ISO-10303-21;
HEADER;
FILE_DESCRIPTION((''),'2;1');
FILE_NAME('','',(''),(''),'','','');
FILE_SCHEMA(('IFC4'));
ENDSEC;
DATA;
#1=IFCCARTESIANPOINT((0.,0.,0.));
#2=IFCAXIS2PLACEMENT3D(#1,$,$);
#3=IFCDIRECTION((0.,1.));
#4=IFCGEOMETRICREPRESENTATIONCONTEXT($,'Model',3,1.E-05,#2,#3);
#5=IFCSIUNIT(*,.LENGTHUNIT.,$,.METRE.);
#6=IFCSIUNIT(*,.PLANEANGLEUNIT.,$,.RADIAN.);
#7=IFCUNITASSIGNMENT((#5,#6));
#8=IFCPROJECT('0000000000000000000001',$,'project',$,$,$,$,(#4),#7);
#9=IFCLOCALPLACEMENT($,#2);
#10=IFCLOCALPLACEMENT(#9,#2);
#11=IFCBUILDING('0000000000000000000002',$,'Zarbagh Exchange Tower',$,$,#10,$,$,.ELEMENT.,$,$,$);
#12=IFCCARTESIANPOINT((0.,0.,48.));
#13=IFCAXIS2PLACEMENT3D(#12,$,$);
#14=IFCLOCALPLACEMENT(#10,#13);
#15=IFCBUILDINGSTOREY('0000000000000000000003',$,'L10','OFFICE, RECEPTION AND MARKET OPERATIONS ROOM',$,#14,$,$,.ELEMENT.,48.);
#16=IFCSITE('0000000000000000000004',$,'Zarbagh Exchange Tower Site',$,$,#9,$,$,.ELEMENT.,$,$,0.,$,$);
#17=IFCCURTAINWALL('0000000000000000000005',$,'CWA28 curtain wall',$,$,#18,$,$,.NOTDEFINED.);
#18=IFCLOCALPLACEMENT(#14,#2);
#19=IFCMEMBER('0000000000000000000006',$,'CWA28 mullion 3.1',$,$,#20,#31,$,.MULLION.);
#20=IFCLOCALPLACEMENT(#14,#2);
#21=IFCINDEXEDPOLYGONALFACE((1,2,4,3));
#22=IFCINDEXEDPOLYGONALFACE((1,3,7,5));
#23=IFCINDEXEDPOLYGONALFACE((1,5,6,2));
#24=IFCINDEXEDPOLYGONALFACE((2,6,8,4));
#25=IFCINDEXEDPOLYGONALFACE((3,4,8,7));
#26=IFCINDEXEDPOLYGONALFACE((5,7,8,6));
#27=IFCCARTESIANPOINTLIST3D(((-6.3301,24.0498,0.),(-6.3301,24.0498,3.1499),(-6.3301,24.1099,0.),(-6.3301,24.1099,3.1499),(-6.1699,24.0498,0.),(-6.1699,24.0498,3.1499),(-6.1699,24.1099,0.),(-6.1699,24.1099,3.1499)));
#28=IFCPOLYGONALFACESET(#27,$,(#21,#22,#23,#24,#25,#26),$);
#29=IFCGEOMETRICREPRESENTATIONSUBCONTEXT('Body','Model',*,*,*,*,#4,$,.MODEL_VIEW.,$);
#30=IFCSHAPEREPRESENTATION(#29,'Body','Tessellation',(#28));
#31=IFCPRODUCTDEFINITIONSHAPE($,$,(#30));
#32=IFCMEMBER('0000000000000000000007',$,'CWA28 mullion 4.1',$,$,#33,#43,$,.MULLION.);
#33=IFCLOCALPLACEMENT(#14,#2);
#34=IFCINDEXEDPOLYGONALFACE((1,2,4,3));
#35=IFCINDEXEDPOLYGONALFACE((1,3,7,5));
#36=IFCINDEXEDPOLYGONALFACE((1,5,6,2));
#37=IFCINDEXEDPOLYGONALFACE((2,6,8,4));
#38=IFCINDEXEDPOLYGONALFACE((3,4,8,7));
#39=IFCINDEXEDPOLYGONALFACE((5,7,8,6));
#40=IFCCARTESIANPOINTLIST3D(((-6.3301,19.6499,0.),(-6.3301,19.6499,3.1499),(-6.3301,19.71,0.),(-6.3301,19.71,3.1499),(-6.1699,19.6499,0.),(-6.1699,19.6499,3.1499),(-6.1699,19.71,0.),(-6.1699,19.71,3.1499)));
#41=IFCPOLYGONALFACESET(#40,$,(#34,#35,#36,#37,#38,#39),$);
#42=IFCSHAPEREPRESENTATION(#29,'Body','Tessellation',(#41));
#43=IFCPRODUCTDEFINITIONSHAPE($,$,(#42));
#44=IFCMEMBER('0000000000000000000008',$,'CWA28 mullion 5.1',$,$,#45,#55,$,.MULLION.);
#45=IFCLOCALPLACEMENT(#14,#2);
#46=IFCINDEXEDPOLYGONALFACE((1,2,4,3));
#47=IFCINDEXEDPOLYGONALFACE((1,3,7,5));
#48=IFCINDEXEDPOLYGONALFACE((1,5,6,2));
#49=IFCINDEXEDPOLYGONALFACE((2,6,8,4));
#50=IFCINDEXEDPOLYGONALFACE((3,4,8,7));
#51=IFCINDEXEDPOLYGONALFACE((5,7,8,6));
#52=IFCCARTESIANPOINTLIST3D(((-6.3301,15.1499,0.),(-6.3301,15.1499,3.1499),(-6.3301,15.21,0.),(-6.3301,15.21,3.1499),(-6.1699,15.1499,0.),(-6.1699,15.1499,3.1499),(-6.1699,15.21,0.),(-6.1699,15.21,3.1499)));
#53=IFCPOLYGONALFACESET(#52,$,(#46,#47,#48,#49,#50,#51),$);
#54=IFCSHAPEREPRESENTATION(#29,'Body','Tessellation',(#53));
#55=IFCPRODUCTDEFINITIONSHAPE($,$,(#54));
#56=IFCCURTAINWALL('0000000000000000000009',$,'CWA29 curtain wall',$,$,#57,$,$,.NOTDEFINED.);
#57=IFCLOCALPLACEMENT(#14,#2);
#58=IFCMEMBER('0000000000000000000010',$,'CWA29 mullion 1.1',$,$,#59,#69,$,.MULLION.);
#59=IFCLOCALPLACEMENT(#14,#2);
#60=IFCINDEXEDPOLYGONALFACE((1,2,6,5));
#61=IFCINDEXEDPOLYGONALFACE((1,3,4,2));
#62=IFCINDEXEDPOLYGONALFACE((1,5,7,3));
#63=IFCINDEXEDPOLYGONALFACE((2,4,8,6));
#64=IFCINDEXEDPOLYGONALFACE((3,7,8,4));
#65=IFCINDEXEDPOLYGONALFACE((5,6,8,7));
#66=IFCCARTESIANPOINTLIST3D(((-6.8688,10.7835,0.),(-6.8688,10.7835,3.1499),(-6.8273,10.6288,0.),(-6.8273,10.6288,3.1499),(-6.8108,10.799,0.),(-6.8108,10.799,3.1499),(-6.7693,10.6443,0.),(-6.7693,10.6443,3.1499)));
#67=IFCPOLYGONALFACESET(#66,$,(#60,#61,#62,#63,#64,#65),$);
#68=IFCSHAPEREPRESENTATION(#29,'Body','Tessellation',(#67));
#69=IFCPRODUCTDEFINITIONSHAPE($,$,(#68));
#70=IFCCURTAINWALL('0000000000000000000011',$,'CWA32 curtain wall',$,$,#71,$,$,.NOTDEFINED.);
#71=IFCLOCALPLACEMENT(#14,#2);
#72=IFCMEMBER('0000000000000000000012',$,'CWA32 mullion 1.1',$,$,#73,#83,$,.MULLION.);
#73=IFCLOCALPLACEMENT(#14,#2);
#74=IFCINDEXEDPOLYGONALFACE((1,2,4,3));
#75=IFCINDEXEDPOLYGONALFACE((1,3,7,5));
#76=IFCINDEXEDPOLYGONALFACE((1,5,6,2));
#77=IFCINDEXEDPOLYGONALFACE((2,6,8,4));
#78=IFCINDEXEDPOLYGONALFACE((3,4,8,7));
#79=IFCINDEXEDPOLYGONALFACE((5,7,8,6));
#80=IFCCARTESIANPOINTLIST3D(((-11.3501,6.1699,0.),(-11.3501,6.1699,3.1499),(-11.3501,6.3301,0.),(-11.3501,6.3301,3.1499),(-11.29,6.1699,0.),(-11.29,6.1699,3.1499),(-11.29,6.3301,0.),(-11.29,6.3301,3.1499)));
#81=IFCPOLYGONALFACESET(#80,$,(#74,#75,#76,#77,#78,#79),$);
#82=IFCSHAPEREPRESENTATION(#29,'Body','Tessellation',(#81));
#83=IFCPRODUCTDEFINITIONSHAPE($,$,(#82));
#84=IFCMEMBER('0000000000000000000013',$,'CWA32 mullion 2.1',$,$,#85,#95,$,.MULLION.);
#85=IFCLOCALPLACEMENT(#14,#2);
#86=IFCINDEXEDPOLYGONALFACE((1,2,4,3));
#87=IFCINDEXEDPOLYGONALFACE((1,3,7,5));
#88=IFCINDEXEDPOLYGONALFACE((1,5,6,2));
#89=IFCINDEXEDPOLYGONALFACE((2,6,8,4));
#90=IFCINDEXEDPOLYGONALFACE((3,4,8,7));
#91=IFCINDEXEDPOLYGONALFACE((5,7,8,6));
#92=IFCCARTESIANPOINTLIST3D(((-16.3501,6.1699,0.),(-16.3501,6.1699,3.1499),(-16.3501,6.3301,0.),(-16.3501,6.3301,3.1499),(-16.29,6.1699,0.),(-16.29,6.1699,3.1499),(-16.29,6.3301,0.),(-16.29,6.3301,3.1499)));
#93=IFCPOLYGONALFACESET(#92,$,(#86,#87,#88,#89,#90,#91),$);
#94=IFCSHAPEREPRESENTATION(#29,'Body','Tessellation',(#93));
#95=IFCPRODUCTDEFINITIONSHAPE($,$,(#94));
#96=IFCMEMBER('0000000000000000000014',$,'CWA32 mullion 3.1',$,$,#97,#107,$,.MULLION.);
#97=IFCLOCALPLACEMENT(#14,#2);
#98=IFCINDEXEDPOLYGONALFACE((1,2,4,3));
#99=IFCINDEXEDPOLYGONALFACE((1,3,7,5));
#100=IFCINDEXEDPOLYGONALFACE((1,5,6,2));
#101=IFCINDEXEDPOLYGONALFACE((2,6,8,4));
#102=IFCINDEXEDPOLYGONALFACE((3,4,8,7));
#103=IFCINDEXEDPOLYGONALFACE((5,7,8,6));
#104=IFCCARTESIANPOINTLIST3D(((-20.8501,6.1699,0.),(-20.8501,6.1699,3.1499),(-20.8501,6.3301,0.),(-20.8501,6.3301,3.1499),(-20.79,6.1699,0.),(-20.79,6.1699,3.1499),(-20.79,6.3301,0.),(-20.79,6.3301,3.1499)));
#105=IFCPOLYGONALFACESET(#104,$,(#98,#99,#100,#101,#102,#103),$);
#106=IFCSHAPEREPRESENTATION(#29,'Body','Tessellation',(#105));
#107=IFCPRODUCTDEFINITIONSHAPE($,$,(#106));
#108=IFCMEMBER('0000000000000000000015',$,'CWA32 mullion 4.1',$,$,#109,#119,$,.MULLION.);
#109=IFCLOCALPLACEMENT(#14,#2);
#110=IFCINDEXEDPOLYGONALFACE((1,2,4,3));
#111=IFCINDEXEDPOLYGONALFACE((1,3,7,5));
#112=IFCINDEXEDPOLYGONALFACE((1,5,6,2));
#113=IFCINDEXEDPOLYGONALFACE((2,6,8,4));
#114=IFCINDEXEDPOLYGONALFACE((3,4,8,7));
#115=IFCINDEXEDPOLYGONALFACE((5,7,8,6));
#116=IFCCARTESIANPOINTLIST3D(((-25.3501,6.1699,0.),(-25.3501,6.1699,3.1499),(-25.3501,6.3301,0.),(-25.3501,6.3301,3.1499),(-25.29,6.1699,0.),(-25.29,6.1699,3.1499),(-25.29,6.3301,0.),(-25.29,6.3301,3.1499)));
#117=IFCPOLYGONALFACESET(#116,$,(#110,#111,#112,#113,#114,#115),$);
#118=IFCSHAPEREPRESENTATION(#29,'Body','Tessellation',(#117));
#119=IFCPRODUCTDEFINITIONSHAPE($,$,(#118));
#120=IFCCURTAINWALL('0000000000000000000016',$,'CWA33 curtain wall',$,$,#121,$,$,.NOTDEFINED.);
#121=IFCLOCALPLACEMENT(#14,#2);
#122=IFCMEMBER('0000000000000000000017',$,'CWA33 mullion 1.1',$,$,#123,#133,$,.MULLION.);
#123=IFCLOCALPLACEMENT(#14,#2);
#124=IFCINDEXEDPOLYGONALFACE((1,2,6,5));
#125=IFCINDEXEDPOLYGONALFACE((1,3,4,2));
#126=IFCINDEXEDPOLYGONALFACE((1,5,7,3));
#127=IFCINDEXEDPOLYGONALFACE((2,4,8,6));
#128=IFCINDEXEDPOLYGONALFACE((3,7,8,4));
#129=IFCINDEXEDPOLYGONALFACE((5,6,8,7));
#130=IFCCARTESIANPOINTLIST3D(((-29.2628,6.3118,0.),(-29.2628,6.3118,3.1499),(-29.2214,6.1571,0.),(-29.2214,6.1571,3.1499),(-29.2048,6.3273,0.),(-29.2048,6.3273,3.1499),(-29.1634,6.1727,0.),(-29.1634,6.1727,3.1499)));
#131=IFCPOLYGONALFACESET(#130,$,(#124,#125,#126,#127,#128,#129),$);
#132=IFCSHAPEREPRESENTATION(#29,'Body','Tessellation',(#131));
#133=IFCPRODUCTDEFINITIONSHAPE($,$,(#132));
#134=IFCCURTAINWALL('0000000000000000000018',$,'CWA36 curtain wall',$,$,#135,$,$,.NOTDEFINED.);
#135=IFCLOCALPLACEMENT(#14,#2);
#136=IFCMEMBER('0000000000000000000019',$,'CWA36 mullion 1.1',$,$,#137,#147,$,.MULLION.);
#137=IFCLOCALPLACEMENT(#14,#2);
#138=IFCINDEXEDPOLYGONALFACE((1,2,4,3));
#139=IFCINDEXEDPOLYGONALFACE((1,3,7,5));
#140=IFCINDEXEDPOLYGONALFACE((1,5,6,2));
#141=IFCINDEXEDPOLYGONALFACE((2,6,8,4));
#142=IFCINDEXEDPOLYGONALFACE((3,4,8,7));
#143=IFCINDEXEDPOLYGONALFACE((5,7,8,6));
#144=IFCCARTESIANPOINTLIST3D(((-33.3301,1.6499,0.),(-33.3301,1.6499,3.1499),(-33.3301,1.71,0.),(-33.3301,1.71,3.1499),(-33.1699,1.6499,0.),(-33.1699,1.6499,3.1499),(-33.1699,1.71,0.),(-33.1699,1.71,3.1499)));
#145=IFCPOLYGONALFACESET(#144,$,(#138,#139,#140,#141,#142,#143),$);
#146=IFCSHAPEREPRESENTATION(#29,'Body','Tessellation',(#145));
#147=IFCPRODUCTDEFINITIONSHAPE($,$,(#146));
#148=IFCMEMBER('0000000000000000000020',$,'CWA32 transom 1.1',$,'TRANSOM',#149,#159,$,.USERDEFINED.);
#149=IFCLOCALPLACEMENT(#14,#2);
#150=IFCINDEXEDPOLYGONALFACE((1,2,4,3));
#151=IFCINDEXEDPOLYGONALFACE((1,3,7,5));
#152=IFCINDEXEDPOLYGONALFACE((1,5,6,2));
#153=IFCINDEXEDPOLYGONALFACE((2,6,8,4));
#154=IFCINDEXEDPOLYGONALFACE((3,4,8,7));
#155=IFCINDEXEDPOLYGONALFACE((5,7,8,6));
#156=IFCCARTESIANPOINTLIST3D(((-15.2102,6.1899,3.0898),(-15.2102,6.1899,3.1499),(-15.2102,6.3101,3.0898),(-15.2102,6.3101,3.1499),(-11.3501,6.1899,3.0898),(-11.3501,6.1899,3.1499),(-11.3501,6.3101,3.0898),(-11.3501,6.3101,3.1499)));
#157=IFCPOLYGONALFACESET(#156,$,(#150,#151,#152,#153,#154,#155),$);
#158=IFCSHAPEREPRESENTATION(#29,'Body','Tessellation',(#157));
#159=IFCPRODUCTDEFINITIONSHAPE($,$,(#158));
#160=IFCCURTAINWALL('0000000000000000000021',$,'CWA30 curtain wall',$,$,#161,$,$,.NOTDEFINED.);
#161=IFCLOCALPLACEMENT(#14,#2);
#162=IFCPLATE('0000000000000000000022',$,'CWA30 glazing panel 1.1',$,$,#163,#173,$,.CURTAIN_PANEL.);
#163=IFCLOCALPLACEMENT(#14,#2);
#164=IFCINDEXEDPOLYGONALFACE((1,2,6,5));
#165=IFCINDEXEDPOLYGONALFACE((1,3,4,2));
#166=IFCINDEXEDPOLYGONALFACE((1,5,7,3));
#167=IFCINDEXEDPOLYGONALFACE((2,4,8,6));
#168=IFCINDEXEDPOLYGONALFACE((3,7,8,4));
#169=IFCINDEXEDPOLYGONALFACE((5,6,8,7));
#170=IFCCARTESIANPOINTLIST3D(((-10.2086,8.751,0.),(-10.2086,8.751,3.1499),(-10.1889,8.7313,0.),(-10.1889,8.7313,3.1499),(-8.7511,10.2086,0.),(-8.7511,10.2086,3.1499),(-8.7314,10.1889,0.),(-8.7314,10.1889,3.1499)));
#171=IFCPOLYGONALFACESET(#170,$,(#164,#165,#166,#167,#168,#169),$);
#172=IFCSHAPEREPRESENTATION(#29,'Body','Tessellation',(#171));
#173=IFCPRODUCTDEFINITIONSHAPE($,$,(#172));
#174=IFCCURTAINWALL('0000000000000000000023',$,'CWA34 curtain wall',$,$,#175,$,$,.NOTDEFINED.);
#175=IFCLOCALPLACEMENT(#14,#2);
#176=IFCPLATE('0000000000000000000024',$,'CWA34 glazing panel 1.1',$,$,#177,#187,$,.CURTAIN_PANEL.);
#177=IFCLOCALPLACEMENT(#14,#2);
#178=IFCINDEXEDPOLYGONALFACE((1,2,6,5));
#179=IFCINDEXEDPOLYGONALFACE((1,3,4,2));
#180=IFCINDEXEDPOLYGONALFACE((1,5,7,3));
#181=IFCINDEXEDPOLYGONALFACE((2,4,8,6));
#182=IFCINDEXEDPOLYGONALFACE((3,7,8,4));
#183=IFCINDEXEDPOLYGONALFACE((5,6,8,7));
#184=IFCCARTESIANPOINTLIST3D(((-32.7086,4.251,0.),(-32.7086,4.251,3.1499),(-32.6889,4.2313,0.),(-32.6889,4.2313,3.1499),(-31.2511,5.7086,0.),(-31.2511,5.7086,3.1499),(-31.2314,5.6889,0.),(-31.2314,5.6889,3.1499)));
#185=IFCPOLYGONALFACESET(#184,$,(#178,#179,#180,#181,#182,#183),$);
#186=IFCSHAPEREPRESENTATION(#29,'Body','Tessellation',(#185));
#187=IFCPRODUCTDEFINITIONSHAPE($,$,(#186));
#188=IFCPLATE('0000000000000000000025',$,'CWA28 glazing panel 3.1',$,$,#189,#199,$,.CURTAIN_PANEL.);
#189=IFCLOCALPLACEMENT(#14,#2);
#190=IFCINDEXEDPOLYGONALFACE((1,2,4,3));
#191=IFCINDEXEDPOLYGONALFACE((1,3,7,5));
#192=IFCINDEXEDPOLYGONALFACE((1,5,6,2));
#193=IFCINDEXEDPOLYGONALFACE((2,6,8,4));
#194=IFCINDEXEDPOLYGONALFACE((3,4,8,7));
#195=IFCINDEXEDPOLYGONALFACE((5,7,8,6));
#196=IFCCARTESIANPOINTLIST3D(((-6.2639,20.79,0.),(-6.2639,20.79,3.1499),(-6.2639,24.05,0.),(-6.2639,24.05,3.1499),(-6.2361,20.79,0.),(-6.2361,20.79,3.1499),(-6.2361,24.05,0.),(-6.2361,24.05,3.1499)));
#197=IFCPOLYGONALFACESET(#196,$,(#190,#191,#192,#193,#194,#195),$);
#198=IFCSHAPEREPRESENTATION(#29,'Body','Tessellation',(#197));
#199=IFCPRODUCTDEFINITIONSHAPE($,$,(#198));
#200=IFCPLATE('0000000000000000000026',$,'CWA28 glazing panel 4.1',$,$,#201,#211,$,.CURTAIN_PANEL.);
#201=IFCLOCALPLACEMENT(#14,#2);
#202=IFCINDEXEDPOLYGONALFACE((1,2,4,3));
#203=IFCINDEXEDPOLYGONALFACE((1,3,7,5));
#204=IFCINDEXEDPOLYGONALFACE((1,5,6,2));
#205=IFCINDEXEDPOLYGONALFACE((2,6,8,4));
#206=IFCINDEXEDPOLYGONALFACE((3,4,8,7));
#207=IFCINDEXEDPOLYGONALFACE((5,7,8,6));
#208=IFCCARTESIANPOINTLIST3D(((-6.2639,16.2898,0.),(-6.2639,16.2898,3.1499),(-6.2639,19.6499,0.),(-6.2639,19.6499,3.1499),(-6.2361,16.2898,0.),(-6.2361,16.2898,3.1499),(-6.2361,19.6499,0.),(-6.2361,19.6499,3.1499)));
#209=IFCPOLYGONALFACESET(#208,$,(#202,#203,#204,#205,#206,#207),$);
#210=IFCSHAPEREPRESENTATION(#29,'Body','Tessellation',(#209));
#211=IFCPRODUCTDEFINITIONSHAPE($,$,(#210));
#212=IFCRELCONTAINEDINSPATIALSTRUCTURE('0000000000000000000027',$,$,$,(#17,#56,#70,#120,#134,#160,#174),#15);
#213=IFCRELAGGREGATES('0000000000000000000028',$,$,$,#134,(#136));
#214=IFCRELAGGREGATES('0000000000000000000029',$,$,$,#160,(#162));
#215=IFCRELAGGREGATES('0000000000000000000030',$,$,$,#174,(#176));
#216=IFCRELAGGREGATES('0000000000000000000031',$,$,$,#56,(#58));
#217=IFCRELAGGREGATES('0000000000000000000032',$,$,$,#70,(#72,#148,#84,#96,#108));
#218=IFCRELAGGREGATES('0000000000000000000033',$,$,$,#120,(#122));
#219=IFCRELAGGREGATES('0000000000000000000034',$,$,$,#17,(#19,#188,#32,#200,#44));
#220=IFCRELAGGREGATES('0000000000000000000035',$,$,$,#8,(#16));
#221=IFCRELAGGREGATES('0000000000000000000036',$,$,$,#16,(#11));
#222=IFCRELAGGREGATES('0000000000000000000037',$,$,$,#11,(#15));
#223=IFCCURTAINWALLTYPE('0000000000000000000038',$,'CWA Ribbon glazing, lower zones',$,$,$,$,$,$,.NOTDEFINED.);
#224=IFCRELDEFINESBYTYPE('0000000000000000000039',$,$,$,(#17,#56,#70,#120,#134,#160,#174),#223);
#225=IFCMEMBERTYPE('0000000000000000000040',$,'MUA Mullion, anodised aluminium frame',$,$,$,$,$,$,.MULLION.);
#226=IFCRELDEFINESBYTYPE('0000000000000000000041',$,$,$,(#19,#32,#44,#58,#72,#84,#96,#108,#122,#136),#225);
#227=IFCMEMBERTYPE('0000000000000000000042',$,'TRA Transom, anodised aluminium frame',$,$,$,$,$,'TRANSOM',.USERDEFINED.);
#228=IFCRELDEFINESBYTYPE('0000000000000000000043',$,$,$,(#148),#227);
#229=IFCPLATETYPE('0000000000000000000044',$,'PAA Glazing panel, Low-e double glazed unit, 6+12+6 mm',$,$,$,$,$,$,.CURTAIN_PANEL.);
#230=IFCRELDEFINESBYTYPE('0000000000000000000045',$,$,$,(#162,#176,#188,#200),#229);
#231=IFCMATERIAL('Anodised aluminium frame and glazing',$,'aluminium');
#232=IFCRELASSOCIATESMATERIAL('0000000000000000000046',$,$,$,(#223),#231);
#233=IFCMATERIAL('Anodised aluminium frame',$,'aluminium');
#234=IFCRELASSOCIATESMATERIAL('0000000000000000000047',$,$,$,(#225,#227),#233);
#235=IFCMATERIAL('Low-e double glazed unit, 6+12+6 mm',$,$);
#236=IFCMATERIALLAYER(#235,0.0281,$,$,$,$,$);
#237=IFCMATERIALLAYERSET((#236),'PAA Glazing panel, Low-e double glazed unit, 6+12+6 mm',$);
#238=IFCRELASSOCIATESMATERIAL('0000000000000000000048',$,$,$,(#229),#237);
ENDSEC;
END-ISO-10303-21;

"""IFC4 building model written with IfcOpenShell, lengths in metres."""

from ifc_helpers import new_model, si_unit, direction, frame, origin, place, context, subcontext, project, spatial, polyline, outline, extrude, source, transform, mapped, material, layer, layer_set, type_object, element, aggregate, save


model = new_model("IFC4")

# Units and contexts
model_context = context("Model", 3, precision=1e-05, world=origin(), true_north=direction((0.0, 1.0)))
body_context = subcontext(model_context, "Body", "Model", "MODEL_VIEW")
ifc_project = project(units=[si_unit("LENGTHUNIT", "METRE"), si_unit("PLANEANGLEUNIT", "RADIAN")], contexts=[model_context])

# Site, building, storey
site_placement = place(None, origin())
site = spatial("IfcSite", under=ifc_project, at=site_placement, Name="Zarbagh Exchange Tower Site", CompositionType="ELEMENT", RefElevation=0.0)
building_placement = place(site_placement, origin())
building = spatial("IfcBuilding", under=site, at=building_placement, Name="Zarbagh Exchange Tower", CompositionType="ELEMENT")
storey_placement = place(building_placement, frame((0.0, 0.0, 48.0)))
storey = spatial("IfcBuildingStorey", under=building, at=storey_placement, Name="L10", Description="OFFICE, RECEPTION AND MARKET OPERATIONS ROOM", CompositionType="ELEMENT", Elevation=48.0)

# Curtain wall, members
ifc_material_1 = material(Name="Anodised aluminium frame and glazing", Category="aluminium")
curtain_wall_type = type_object("IfcCurtainWallType", Name="CWA Ribbon glazing, lower zones", PredefinedType="NOTDEFINED", material=ifc_material_1)
curtain_wall_1_placement = place(storey_placement, origin())
curtain_wall_1 = element("IfcCurtainWall", 1, at=curtain_wall_1_placement, inside=storey, type_object=curtain_wall_type, Name="CWA28 curtain wall", PredefinedType="NOTDEFINED")
ifc_material_2 = material(Name="Anodised aluminium frame", Category="aluminium")
member_type_1 = type_object("IfcMemberType", Name="MUA Mullion, anodised aluminium frame", PredefinedType="MULLION", material=ifc_material_2)
shared_shape_1 = source(origin(), body_context, "Body", "SweptSolid", [
    extrude(outline(polyline([(0.0, -0.0801), (0.0601, -0.0801), (0.0601, 0.0801), (0.0, 0.0801), (0.0, -0.0801)])), origin(), (0.0, 0.0, 1.0), 3.1499),
])
placement = place(storey_placement, origin())
member_1 = element("IfcMember", 2, at=placement, type_object=member_type_1, Name="CWA28 mullion 3.1", PredefinedType="MULLION", context=body_context, shape_type="MappedRepresentation", body=[
    mapped(shared_shape_1, transform((-6.25, 24.1099, 0.0), x_axis=(0.0, -1.0, 0.0), y_axis=(1.0, 0.0, 0.0), z_axis=(0.0, 0.0, 1.0))),
])
member_2 = element("IfcMember", 3, at=placement, type_object=member_type_1, Name="CWA28 mullion 4.1", PredefinedType="MULLION", context=body_context, shape_type="MappedRepresentation", body=[
    mapped(shared_shape_1, transform((-6.25, 19.71, 0.0), x_axis=(0.0, -1.0, 0.0), y_axis=(1.0, 0.0, 0.0), z_axis=(0.0, 0.0, 1.0))),
])
member_3 = element("IfcMember", 4, at=placement, type_object=member_type_1, Name="CWA28 mullion 5.1", PredefinedType="MULLION", context=body_context, shape_type="MappedRepresentation", body=[
    mapped(shared_shape_1, transform((-6.25, 15.21, 0.0), x_axis=(0.0, -1.0, 0.0), y_axis=(1.0, 0.0, 0.0), z_axis=(0.0, 0.0, 1.0))),
])

# Curtain wall, member
curtain_wall_2_placement = place(storey_placement, origin())
curtain_wall_2 = element("IfcCurtainWall", 5, at=curtain_wall_2_placement, inside=storey, type_object=curtain_wall_type, Name="CWA29 curtain wall", PredefinedType="NOTDEFINED")
member_4 = element("IfcMember", 6, at=placement, type_object=member_type_1, Name="CWA29 mullion 1.1", PredefinedType="MULLION", context=body_context, shape_type="MappedRepresentation", body=[
    mapped(shared_shape_1, transform((-6.79, 10.7217, 0.0), x_axis=(-0.965924, -0.258825, 0.0), y_axis=(0.258825, -0.965924, 0.0), z_axis=(0.0, 0.0, 1.0))),
])

# Curtain wall, members
curtain_wall_3_placement = place(storey_placement, origin())
curtain_wall_3 = element("IfcCurtainWall", 7, at=curtain_wall_3_placement, inside=storey, type_object=curtain_wall_type, Name="CWA32 curtain wall", PredefinedType="NOTDEFINED")
member_5 = element("IfcMember", 8, at=placement, type_object=member_type_1, Name="CWA32 mullion 1.1", PredefinedType="MULLION", context=body_context, shape_type="MappedRepresentation", body=[
    mapped(shared_shape_1, transform((-11.29, 6.25, 0.0), x_axis=(-1.0, 0.0, 0.0), y_axis=(0.0, -1.0, 0.0), z_axis=(0.0, 0.0, 1.0))),
])
member_6 = element("IfcMember", 9, at=placement, type_object=member_type_1, Name="CWA32 mullion 2.1", PredefinedType="MULLION", context=body_context, shape_type="MappedRepresentation", body=[
    mapped(shared_shape_1, transform((-16.29, 6.25, 0.0), x_axis=(-1.0, 0.0, 0.0), y_axis=(0.0, -1.0, 0.0), z_axis=(0.0, 0.0, 1.0))),
])
member_7 = element("IfcMember", 10, at=placement, type_object=member_type_1, Name="CWA32 mullion 3.1", PredefinedType="MULLION", context=body_context, shape_type="MappedRepresentation", body=[
    mapped(shared_shape_1, transform((-20.79, 6.25, 0.0), x_axis=(-1.0, 0.0, 0.0), y_axis=(0.0, -1.0, 0.0), z_axis=(0.0, 0.0, 1.0))),
])
member_8 = element("IfcMember", 11, at=placement, type_object=member_type_1, Name="CWA32 mullion 4.1", PredefinedType="MULLION", context=body_context, shape_type="MappedRepresentation", body=[
    mapped(shared_shape_1, transform((-25.29, 6.25, 0.0), x_axis=(-1.0, 0.0, 0.0), y_axis=(0.0, -1.0, 0.0), z_axis=(0.0, 0.0, 1.0))),
])

# Curtain walls, members
curtain_wall_4_placement = place(storey_placement, origin())
curtain_wall_4 = element("IfcCurtainWall", 12, at=curtain_wall_4_placement, inside=storey, type_object=curtain_wall_type, Name="CWA33 curtain wall", PredefinedType="NOTDEFINED")
member_9 = element("IfcMember", 13, at=placement, type_object=member_type_1, Name="CWA33 mullion 1.1", PredefinedType="MULLION", context=body_context, shape_type="MappedRepresentation", body=[
    mapped(shared_shape_1, transform((-29.1841, 6.25, 0.0), x_axis=(-0.965924, -0.258825, 0.0), y_axis=(0.258825, -0.965924, 0.0), z_axis=(0.0, 0.0, 1.0))),
])
curtain_wall_5_placement = place(storey_placement, origin())
curtain_wall_5 = element("IfcCurtainWall", 14, at=curtain_wall_5_placement, inside=storey, type_object=curtain_wall_type, Name="CWA36 curtain wall", PredefinedType="NOTDEFINED")
member_10 = element("IfcMember", 15, at=placement, type_object=member_type_1, Name="CWA36 mullion 1.1", PredefinedType="MULLION", context=body_context, shape_type="MappedRepresentation", body=[
    mapped(shared_shape_1, transform((-33.25, 1.71, 0.0), x_axis=(0.0, -1.0, 0.0), y_axis=(1.0, 0.0, 0.0), z_axis=(0.0, 0.0, 1.0))),
])
aggregate(curtain_wall_5, [member_10])

# Member
member_type_2 = type_object("IfcMemberType", Name="TRA Transom, anodised aluminium frame", ElementType="TRANSOM", PredefinedType="USERDEFINED", material=ifc_material_2)
shared_shape_2 = source(origin(), body_context, "Body", "SweptSolid", [
    extrude(outline(polyline([(-0.0601, -0.0601), (0.0, -0.0601), (0.0, 0.0601), (-0.0601, 0.0601), (-0.0601, -0.0601)])), origin(), (0.0, 0.0, 1.0), 3.8601),
])
member_11 = element("IfcMember", 16, at=placement, type_object=member_type_2, Name="CWA32 transom 1.1", ObjectType="TRANSOM", PredefinedType="USERDEFINED", context=body_context, shape_type="MappedRepresentation", body=[
    mapped(shared_shape_2, transform((-11.3501, 6.25, 3.1499), x_axis=(0.0, 0.0, 1.0), y_axis=(0.0, 1.0, 0.0), z_axis=(-1.0, 0.0, 0.0))),
])

# Curtain walls, plates
curtain_wall_6_placement = place(storey_placement, origin())
curtain_wall_6 = element("IfcCurtainWall", 17, at=curtain_wall_6_placement, inside=storey, type_object=curtain_wall_type, Name="CWA30 curtain wall", PredefinedType="NOTDEFINED")
ifc_material_3 = material(Name="Low-e double glazed unit, 6+12+6 mm")
ifc_layer = layer(ifc_material_3, 0.0281)
ifc_layer_set = layer_set([ifc_layer], Name="PAA Glazing panel, Low-e double glazed unit, 6+12+6 mm")
plate_type = type_object("IfcPlateType", Name="PAA Glazing panel, Low-e double glazed unit, 6+12+6 mm", PredefinedType="CURTAIN_PANEL", material=ifc_layer_set)
shared_shape_3 = source(origin(), body_context, "Body", "SweptSolid", [
    extrude(outline(polyline([(0.0, -0.0139), (2.0613, -0.0139), (2.0613, 0.0139), (0.0, 0.0139), (0.0, -0.0139)])), origin(), (0.0, 0.0, 1.0), 3.1499),
])
plate_1 = element("IfcPlate", 18, at=placement, type_object=plate_type, Name="CWA30 glazing panel 1.1", PredefinedType="CURTAIN_PANEL", context=body_context, shape_type="MappedRepresentation", body=[
    mapped(shared_shape_3, transform((-8.7412, 10.1987, 0.0), x_axis=(-0.707107, -0.707107, 0.0), y_axis=(0.707107, -0.707107, 0.0), z_axis=(0.0, 0.0, 1.0))),
])
aggregate(curtain_wall_6, [plate_1])
curtain_wall_7_placement = place(storey_placement, origin())
curtain_wall_7 = element("IfcCurtainWall", 19, at=curtain_wall_7_placement, inside=storey, type_object=curtain_wall_type, Name="CWA34 curtain wall", PredefinedType="NOTDEFINED")
plate_2 = element("IfcPlate", 20, at=placement, type_object=plate_type, Name="CWA34 glazing panel 1.1", PredefinedType="CURTAIN_PANEL", context=body_context, shape_type="MappedRepresentation", body=[
    mapped(shared_shape_3, transform((-31.2412, 5.6987, 0.0), x_axis=(-0.707107, -0.707107, 0.0), y_axis=(0.707107, -0.707107, 0.0), z_axis=(0.0, 0.0, 1.0))),
])
aggregate(curtain_wall_7, [plate_2])

# Plates
shared_shape_4 = source(origin(), body_context, "Body", "SweptSolid", [
    extrude(outline(polyline([(0.0, -0.0139), (3.26, -0.0139), (3.26, 0.0139), (0.0, 0.0139), (0.0, -0.0139)])), origin(), (0.0, 0.0, 1.0), 3.1499),
])
plate_3 = element("IfcPlate", 21, at=placement, type_object=plate_type, Name="CWA28 glazing panel 3.1", PredefinedType="CURTAIN_PANEL", context=body_context, shape_type="MappedRepresentation", body=[
    mapped(shared_shape_4, transform((-6.25, 24.05, 0.0), x_axis=(0.0, -1.0, 0.0), y_axis=(1.0, 0.0, 0.0), z_axis=(0.0, 0.0, 1.0))),
])
shared_shape_5 = source(origin(), body_context, "Body", "SweptSolid", [
    extrude(outline(polyline([(0.0, -0.0139), (3.3601, -0.0139), (3.3601, 0.0139), (0.0, 0.0139), (0.0, -0.0139)])), origin(), (0.0, 0.0, 1.0), 3.1499),
])
plate_4 = element("IfcPlate", 22, at=placement, type_object=plate_type, Name="CWA28 glazing panel 4.1", PredefinedType="CURTAIN_PANEL", context=body_context, shape_type="MappedRepresentation", body=[
    mapped(shared_shape_5, transform((-6.25, 19.6499, 0.0), x_axis=(0.0, -1.0, 0.0), y_axis=(1.0, 0.0, 0.0), z_axis=(0.0, 0.0, 1.0))),
])
aggregate(curtain_wall_2, [member_4])

aggregate(curtain_wall_3, [member_5, member_11, member_6, member_7, member_8])
aggregate(curtain_wall_4, [member_9])

aggregate(curtain_wall_1, [member_1, plate_3, member_2, plate_4, member_3])

save(model, "model.ifc")
